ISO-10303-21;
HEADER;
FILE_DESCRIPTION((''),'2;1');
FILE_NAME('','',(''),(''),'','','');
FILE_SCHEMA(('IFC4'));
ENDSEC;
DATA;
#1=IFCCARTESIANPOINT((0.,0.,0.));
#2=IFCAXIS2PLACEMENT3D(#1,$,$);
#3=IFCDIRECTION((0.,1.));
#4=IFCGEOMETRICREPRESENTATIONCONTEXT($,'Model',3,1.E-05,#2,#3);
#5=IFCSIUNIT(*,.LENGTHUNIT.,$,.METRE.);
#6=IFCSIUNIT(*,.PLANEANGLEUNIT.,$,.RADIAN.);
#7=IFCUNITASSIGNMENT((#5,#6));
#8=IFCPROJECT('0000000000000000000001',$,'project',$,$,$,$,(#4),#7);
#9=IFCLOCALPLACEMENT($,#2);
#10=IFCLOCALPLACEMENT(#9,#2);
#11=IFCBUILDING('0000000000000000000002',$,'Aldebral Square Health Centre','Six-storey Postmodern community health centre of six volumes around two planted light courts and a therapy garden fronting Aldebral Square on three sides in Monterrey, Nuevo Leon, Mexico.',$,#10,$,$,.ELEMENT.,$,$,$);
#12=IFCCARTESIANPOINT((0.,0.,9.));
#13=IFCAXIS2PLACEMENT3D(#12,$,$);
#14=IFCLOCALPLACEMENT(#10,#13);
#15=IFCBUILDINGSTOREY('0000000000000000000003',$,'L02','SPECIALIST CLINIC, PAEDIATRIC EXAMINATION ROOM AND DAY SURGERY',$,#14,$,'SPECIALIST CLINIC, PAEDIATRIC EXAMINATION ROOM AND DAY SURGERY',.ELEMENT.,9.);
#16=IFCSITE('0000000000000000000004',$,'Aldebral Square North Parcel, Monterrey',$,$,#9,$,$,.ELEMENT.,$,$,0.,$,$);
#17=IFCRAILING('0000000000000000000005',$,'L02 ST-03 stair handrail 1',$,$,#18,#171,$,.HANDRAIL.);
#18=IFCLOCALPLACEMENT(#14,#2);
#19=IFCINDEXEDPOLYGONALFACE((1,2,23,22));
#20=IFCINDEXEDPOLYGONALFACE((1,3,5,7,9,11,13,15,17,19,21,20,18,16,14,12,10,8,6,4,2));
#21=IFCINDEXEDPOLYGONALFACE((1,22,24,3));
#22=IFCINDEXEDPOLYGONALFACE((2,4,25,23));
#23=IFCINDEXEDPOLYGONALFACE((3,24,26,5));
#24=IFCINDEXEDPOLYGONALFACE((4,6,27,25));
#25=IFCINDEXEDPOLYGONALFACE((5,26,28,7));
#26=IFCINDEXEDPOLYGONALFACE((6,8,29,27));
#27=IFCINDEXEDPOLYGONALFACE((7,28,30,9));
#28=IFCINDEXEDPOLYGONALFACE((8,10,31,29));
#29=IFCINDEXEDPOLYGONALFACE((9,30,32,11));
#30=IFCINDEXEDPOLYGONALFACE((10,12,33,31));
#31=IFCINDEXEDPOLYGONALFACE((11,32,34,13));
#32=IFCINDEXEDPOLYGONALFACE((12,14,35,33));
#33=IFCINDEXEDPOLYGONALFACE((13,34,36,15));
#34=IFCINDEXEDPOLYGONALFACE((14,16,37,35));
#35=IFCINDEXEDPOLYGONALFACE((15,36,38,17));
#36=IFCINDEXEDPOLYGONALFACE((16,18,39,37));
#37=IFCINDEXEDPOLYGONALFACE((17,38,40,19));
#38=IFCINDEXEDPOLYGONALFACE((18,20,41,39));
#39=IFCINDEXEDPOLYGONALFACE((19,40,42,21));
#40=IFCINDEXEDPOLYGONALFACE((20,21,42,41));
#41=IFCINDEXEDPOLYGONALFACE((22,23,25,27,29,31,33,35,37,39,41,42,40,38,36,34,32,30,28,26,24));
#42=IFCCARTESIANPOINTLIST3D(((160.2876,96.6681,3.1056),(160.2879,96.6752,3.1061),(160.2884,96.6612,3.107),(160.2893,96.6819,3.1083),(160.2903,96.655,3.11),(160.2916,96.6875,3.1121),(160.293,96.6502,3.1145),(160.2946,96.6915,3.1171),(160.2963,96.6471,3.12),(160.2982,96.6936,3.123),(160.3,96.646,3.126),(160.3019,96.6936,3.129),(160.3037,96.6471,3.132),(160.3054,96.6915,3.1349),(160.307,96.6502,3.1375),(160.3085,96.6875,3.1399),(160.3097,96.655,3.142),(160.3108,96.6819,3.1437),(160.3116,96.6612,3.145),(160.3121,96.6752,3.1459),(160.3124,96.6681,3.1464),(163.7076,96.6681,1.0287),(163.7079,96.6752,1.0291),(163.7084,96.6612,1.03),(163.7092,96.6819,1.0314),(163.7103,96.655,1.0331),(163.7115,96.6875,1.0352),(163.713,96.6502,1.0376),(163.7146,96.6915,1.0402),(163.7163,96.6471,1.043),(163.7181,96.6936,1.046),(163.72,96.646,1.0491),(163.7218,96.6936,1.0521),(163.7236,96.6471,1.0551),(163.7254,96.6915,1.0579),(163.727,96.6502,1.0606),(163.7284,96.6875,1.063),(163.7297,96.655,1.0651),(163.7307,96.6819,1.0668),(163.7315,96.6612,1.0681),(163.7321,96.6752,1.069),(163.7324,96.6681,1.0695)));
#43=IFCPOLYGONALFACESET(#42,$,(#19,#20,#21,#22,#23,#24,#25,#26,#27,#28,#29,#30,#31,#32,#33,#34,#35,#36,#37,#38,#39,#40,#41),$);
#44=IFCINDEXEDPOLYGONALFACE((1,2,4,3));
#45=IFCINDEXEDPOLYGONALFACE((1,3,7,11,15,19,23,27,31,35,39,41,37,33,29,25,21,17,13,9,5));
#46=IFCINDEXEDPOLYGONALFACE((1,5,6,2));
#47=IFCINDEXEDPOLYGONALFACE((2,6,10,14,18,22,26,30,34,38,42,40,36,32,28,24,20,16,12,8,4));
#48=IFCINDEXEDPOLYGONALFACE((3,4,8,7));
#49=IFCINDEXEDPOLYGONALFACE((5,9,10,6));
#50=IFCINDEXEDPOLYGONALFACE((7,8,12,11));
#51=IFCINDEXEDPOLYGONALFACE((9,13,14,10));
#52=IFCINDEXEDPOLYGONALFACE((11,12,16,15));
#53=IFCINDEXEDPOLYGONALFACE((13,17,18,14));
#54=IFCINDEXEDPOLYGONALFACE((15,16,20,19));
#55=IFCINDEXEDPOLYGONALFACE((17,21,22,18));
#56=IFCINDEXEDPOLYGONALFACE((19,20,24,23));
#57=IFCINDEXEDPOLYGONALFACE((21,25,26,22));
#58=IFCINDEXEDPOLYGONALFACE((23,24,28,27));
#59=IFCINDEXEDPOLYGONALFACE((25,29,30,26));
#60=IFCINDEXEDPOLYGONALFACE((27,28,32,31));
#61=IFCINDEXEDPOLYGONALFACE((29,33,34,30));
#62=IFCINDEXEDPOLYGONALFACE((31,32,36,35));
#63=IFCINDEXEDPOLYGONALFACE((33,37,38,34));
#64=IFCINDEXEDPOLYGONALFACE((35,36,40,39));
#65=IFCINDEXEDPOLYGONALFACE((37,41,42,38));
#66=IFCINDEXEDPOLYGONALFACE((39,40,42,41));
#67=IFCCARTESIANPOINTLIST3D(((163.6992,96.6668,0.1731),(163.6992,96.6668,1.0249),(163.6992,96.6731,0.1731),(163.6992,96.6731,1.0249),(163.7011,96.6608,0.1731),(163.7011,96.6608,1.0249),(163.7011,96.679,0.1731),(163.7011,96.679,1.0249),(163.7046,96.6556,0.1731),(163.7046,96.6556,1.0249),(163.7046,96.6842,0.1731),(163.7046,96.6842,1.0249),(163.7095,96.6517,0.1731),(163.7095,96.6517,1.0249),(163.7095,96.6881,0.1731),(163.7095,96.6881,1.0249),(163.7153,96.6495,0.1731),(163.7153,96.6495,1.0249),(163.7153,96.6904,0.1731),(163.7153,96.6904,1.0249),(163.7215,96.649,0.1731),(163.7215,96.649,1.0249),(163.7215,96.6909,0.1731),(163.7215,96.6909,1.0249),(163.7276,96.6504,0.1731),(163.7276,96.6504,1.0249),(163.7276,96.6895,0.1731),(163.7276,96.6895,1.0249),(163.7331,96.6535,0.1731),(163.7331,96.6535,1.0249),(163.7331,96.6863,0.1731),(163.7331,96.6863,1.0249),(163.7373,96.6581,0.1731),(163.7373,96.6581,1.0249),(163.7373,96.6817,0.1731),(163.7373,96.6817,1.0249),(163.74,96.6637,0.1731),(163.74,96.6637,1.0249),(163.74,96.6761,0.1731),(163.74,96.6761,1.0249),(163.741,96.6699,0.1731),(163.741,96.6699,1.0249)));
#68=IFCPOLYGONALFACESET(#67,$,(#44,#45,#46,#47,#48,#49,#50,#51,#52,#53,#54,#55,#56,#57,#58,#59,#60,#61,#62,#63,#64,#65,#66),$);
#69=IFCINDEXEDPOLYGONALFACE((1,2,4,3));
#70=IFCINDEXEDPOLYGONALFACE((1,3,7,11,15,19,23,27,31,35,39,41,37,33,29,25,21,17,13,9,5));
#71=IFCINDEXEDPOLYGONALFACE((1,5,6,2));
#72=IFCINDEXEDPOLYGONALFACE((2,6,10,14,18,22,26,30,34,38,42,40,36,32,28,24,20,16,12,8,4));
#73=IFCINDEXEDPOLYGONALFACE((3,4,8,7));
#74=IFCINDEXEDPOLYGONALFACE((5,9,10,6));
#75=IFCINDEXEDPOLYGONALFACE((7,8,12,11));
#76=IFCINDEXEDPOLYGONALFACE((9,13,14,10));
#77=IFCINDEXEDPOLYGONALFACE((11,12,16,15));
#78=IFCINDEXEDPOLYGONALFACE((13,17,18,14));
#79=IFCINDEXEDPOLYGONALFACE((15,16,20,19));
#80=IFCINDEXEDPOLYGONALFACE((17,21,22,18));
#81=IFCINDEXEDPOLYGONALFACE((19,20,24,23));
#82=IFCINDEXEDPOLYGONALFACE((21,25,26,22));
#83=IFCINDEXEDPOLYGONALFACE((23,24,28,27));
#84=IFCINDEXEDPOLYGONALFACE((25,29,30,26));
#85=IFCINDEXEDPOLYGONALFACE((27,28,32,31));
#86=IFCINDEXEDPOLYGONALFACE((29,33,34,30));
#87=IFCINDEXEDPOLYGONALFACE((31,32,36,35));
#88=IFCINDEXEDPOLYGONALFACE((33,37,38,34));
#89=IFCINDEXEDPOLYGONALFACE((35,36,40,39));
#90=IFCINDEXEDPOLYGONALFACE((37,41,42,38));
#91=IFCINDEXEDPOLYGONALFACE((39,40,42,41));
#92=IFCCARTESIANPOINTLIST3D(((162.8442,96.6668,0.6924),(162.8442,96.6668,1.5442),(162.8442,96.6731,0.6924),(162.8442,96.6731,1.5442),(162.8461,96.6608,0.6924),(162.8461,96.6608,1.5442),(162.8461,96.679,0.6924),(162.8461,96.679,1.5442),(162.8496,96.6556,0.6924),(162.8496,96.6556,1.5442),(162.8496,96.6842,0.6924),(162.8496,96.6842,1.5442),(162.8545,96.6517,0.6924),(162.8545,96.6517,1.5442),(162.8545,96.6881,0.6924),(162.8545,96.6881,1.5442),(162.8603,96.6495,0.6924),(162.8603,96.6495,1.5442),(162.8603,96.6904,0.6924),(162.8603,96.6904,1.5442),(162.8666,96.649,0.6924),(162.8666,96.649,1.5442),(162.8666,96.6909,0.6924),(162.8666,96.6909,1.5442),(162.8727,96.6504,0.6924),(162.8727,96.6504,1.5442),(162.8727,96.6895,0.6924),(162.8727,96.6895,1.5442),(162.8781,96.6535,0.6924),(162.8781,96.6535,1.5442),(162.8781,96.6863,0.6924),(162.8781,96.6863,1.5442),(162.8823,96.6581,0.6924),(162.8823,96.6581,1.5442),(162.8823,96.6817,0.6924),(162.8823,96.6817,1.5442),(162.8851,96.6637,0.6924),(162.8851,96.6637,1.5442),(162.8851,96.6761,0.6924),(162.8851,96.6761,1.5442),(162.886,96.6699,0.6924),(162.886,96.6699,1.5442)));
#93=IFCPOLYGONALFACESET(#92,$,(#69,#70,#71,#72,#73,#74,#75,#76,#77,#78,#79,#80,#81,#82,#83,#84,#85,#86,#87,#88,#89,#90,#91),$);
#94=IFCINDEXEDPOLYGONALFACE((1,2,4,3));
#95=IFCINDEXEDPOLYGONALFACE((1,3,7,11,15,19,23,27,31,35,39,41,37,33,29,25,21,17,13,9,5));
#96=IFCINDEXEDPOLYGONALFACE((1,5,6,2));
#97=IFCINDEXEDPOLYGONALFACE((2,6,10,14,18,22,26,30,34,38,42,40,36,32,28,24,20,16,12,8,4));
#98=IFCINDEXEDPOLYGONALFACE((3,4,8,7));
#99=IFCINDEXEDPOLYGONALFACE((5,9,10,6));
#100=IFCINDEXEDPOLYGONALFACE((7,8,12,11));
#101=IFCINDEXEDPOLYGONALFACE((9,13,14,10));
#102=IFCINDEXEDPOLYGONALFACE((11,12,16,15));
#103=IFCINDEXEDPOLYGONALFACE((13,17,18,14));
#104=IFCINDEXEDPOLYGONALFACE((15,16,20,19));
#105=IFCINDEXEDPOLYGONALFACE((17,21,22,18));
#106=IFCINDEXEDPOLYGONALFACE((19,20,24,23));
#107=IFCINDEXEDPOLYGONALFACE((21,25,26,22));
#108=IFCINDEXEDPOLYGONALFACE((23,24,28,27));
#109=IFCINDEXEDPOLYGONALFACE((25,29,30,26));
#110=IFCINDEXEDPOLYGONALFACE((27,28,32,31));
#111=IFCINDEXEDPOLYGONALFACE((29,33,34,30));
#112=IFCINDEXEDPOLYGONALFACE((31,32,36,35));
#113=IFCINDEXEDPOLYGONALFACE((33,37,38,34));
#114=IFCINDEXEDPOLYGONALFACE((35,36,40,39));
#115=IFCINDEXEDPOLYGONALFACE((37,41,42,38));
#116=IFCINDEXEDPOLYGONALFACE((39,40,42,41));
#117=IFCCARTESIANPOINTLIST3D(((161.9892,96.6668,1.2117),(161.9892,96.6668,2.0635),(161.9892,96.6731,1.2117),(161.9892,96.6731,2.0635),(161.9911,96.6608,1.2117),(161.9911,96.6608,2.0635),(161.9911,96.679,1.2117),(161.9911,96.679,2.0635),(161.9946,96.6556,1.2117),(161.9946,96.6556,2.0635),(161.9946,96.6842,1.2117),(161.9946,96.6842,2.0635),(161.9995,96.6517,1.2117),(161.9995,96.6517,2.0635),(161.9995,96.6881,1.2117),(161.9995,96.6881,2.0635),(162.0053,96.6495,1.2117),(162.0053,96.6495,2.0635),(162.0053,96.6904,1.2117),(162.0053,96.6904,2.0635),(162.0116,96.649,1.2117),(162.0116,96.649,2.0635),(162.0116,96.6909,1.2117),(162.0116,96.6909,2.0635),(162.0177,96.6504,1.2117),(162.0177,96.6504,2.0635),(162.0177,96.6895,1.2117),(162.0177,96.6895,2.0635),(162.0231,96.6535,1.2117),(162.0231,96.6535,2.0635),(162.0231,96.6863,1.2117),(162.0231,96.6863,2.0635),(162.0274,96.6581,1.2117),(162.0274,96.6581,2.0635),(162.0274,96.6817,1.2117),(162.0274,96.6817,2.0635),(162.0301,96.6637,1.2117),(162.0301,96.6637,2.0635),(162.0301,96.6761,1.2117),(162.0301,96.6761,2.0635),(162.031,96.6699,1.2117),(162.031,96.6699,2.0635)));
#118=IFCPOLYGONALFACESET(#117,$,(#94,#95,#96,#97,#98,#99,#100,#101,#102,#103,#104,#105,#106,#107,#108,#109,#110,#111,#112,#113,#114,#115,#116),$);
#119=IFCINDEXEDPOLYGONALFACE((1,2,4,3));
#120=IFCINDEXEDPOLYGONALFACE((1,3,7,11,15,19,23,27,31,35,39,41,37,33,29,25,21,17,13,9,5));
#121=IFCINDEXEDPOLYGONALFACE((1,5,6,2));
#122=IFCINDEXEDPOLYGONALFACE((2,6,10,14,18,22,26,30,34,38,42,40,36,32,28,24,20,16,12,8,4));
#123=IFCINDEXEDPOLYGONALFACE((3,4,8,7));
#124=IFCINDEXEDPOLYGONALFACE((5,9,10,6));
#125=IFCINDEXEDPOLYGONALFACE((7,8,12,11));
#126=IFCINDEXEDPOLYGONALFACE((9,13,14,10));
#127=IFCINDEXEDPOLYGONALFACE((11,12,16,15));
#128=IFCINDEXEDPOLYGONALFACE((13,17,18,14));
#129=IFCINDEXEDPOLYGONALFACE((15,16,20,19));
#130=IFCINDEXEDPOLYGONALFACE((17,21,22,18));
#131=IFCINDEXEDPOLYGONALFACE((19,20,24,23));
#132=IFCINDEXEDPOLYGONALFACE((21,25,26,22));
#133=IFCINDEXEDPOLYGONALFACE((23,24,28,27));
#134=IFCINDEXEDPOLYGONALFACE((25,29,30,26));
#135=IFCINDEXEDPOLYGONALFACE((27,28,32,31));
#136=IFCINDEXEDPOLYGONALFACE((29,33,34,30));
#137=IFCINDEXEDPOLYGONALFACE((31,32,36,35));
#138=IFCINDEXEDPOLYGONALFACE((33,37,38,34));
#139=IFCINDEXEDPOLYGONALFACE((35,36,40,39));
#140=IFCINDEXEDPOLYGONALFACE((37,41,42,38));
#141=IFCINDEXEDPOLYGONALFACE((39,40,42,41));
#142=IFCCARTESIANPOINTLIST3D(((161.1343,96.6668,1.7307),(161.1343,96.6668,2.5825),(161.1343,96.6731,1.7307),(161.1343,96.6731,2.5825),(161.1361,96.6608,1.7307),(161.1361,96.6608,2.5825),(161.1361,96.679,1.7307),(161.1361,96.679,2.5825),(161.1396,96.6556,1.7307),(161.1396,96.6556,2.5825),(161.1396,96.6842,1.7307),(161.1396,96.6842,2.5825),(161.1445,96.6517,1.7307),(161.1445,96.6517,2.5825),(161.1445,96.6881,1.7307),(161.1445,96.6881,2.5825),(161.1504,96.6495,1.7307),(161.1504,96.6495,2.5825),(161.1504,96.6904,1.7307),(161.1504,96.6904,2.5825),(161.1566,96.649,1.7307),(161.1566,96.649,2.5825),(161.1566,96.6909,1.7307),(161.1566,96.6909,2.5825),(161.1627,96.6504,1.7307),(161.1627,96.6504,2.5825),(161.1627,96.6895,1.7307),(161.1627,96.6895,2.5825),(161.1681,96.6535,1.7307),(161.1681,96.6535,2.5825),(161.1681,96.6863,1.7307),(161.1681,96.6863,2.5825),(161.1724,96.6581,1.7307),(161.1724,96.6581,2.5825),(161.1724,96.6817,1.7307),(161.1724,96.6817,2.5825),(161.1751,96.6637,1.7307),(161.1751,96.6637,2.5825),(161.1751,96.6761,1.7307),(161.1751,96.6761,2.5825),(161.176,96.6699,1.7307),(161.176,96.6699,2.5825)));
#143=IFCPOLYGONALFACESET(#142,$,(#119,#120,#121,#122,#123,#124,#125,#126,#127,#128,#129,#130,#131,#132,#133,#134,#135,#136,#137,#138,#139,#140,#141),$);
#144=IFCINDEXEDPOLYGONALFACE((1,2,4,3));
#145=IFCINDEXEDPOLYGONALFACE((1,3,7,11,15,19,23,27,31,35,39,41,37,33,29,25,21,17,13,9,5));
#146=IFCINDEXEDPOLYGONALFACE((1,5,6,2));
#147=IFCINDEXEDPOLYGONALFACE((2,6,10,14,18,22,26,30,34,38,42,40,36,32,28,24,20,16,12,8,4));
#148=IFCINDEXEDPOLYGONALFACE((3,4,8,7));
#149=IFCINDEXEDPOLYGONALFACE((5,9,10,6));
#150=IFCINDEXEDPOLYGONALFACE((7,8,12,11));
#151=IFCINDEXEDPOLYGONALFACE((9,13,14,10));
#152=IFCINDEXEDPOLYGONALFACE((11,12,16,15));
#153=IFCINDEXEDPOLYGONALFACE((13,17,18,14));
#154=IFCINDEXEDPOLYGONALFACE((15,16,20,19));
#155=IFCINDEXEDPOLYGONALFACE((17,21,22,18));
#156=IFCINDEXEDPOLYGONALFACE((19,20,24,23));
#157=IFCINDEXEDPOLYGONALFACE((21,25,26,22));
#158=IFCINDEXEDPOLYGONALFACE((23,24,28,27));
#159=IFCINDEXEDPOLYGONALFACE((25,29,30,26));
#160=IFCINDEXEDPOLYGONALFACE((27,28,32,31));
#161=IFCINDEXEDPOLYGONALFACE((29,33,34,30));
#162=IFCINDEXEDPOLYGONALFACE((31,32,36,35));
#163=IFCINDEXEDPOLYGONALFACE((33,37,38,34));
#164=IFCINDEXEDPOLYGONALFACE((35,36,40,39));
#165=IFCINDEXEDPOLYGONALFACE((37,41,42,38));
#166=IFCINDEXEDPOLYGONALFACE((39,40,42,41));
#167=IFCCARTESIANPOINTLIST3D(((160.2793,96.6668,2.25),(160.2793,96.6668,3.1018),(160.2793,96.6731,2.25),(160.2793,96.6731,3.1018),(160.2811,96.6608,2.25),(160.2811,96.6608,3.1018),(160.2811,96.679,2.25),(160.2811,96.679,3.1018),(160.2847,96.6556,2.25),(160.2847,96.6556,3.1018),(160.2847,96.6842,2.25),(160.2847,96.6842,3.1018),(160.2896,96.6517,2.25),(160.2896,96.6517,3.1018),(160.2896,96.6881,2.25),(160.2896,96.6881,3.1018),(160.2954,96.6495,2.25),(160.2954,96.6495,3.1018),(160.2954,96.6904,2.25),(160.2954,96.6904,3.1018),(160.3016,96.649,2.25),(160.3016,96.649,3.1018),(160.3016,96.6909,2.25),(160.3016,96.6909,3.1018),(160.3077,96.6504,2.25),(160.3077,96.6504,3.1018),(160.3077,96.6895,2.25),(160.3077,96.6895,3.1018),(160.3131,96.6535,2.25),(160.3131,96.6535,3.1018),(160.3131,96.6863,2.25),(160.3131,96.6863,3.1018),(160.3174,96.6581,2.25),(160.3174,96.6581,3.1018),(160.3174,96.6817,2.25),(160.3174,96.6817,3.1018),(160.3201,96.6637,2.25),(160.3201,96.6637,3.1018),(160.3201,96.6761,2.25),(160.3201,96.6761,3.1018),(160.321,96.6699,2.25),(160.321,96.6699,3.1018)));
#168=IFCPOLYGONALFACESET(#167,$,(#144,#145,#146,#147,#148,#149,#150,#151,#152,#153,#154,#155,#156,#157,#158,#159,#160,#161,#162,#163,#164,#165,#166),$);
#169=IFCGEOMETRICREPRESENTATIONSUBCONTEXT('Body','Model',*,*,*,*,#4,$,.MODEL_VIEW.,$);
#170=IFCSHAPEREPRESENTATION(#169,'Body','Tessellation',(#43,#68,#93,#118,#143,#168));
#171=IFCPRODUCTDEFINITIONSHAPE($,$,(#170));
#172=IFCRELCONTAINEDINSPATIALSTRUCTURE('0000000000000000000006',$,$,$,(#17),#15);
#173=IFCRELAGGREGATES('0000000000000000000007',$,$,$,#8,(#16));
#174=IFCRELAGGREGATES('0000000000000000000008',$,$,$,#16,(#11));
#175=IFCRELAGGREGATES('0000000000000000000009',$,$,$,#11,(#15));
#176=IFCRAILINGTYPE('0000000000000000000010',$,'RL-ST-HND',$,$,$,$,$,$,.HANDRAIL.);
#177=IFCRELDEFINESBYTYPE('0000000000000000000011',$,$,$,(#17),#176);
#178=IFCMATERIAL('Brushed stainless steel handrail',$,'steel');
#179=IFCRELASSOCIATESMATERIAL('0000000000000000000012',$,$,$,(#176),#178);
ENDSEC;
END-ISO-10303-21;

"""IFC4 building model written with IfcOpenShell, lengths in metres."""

from ifc_helpers import new_model, si_unit, direction, frame, origin, origin_2d, place, context, subcontext, project, spatial, circle, extrude, material, type_object, element, save


model = new_model("IFC4")

# Units and contexts
model_context = context("Model", 3, precision=1e-05, world=origin(), true_north=direction((0.0, 1.0)))
body_context = subcontext(model_context, "Body", "Model", "MODEL_VIEW")
ifc_project = project(units=[si_unit("LENGTHUNIT", "METRE"), si_unit("PLANEANGLEUNIT", "RADIAN")], contexts=[model_context])

# Site, building, storey
site_placement = place(None, origin())
site = spatial("IfcSite", under=ifc_project, at=site_placement, Name="Aldebral Square North Parcel, Monterrey", CompositionType="ELEMENT", RefElevation=0.0)
building_placement = place(site_placement, origin())
building = spatial("IfcBuilding", under=site, at=building_placement, Name="Aldebral Square Health Centre", Description="Six-storey Postmodern community health centre of six volumes around two planted light courts and a therapy garden fronting Aldebral Square on three sides in Monterrey, Nuevo Leon, Mexico.", CompositionType="ELEMENT")
storey_placement = place(building_placement, frame((0.0, 0.0, 9.0)))
storey = spatial("IfcBuildingStorey", under=building, at=storey_placement, Name="L02", Description="SPECIALIST CLINIC, PAEDIATRIC EXAMINATION ROOM AND DAY SURGERY", LongName="SPECIALIST CLINIC, PAEDIATRIC EXAMINATION ROOM AND DAY SURGERY", CompositionType="ELEMENT", Elevation=9.0)

# Railing
ifc_material_1 = material(Name="Brushed stainless steel handrail", Category="steel")
railing_type_1 = type_object("IfcRailingType", Name="RL-ST-HND", PredefinedType="HANDRAIL", material=ifc_material_1)
railing_1_placement = place(storey_placement, frame((163.72, 96.6699, 0.1731)))
element("IfcRailing", 1, at=railing_1_placement, inside=storey, type_object=railing_type_1, Name="L02 ST-03 stair handrail 1", PredefinedType="HANDRAIL", context=body_context, shape_type="SweptSolid", body=[
    extrude(circle(Radius=0.0239, at=origin_2d()), frame((0.0, 0.0, 0.876), z_axis=(-0.85473, 0.0, 0.519074), x_axis=(0.0, -1.0, 0.0)), (0.0, 0.0, 1.0), 4.0012),
    extrude(circle(Radius=0.021, at=origin_2d()), origin(), (0.0, 0.0, 1.0), 0.8518),
    extrude(circle(Radius=0.021, at=origin_2d()), frame((-0.855, 0.0, 0.5193)), (0.0, 0.0, 1.0), 0.8518),
    extrude(circle(Radius=0.021, at=origin_2d()), frame((-1.71, 0.0, 1.0386)), (0.0, 0.0, 1.0), 0.8518),
    extrude(circle(Radius=0.021, at=origin_2d()), frame((-2.5649, 0.0, 1.5576)), (0.0, 0.0, 1.0), 0.8518),
    extrude(circle(Radius=0.021, at=origin_2d()), frame((-3.4199, 0.0, 2.0769)), (0.0, 0.0, 1.0), 0.8518),
])

save(model, "model.ifc")
